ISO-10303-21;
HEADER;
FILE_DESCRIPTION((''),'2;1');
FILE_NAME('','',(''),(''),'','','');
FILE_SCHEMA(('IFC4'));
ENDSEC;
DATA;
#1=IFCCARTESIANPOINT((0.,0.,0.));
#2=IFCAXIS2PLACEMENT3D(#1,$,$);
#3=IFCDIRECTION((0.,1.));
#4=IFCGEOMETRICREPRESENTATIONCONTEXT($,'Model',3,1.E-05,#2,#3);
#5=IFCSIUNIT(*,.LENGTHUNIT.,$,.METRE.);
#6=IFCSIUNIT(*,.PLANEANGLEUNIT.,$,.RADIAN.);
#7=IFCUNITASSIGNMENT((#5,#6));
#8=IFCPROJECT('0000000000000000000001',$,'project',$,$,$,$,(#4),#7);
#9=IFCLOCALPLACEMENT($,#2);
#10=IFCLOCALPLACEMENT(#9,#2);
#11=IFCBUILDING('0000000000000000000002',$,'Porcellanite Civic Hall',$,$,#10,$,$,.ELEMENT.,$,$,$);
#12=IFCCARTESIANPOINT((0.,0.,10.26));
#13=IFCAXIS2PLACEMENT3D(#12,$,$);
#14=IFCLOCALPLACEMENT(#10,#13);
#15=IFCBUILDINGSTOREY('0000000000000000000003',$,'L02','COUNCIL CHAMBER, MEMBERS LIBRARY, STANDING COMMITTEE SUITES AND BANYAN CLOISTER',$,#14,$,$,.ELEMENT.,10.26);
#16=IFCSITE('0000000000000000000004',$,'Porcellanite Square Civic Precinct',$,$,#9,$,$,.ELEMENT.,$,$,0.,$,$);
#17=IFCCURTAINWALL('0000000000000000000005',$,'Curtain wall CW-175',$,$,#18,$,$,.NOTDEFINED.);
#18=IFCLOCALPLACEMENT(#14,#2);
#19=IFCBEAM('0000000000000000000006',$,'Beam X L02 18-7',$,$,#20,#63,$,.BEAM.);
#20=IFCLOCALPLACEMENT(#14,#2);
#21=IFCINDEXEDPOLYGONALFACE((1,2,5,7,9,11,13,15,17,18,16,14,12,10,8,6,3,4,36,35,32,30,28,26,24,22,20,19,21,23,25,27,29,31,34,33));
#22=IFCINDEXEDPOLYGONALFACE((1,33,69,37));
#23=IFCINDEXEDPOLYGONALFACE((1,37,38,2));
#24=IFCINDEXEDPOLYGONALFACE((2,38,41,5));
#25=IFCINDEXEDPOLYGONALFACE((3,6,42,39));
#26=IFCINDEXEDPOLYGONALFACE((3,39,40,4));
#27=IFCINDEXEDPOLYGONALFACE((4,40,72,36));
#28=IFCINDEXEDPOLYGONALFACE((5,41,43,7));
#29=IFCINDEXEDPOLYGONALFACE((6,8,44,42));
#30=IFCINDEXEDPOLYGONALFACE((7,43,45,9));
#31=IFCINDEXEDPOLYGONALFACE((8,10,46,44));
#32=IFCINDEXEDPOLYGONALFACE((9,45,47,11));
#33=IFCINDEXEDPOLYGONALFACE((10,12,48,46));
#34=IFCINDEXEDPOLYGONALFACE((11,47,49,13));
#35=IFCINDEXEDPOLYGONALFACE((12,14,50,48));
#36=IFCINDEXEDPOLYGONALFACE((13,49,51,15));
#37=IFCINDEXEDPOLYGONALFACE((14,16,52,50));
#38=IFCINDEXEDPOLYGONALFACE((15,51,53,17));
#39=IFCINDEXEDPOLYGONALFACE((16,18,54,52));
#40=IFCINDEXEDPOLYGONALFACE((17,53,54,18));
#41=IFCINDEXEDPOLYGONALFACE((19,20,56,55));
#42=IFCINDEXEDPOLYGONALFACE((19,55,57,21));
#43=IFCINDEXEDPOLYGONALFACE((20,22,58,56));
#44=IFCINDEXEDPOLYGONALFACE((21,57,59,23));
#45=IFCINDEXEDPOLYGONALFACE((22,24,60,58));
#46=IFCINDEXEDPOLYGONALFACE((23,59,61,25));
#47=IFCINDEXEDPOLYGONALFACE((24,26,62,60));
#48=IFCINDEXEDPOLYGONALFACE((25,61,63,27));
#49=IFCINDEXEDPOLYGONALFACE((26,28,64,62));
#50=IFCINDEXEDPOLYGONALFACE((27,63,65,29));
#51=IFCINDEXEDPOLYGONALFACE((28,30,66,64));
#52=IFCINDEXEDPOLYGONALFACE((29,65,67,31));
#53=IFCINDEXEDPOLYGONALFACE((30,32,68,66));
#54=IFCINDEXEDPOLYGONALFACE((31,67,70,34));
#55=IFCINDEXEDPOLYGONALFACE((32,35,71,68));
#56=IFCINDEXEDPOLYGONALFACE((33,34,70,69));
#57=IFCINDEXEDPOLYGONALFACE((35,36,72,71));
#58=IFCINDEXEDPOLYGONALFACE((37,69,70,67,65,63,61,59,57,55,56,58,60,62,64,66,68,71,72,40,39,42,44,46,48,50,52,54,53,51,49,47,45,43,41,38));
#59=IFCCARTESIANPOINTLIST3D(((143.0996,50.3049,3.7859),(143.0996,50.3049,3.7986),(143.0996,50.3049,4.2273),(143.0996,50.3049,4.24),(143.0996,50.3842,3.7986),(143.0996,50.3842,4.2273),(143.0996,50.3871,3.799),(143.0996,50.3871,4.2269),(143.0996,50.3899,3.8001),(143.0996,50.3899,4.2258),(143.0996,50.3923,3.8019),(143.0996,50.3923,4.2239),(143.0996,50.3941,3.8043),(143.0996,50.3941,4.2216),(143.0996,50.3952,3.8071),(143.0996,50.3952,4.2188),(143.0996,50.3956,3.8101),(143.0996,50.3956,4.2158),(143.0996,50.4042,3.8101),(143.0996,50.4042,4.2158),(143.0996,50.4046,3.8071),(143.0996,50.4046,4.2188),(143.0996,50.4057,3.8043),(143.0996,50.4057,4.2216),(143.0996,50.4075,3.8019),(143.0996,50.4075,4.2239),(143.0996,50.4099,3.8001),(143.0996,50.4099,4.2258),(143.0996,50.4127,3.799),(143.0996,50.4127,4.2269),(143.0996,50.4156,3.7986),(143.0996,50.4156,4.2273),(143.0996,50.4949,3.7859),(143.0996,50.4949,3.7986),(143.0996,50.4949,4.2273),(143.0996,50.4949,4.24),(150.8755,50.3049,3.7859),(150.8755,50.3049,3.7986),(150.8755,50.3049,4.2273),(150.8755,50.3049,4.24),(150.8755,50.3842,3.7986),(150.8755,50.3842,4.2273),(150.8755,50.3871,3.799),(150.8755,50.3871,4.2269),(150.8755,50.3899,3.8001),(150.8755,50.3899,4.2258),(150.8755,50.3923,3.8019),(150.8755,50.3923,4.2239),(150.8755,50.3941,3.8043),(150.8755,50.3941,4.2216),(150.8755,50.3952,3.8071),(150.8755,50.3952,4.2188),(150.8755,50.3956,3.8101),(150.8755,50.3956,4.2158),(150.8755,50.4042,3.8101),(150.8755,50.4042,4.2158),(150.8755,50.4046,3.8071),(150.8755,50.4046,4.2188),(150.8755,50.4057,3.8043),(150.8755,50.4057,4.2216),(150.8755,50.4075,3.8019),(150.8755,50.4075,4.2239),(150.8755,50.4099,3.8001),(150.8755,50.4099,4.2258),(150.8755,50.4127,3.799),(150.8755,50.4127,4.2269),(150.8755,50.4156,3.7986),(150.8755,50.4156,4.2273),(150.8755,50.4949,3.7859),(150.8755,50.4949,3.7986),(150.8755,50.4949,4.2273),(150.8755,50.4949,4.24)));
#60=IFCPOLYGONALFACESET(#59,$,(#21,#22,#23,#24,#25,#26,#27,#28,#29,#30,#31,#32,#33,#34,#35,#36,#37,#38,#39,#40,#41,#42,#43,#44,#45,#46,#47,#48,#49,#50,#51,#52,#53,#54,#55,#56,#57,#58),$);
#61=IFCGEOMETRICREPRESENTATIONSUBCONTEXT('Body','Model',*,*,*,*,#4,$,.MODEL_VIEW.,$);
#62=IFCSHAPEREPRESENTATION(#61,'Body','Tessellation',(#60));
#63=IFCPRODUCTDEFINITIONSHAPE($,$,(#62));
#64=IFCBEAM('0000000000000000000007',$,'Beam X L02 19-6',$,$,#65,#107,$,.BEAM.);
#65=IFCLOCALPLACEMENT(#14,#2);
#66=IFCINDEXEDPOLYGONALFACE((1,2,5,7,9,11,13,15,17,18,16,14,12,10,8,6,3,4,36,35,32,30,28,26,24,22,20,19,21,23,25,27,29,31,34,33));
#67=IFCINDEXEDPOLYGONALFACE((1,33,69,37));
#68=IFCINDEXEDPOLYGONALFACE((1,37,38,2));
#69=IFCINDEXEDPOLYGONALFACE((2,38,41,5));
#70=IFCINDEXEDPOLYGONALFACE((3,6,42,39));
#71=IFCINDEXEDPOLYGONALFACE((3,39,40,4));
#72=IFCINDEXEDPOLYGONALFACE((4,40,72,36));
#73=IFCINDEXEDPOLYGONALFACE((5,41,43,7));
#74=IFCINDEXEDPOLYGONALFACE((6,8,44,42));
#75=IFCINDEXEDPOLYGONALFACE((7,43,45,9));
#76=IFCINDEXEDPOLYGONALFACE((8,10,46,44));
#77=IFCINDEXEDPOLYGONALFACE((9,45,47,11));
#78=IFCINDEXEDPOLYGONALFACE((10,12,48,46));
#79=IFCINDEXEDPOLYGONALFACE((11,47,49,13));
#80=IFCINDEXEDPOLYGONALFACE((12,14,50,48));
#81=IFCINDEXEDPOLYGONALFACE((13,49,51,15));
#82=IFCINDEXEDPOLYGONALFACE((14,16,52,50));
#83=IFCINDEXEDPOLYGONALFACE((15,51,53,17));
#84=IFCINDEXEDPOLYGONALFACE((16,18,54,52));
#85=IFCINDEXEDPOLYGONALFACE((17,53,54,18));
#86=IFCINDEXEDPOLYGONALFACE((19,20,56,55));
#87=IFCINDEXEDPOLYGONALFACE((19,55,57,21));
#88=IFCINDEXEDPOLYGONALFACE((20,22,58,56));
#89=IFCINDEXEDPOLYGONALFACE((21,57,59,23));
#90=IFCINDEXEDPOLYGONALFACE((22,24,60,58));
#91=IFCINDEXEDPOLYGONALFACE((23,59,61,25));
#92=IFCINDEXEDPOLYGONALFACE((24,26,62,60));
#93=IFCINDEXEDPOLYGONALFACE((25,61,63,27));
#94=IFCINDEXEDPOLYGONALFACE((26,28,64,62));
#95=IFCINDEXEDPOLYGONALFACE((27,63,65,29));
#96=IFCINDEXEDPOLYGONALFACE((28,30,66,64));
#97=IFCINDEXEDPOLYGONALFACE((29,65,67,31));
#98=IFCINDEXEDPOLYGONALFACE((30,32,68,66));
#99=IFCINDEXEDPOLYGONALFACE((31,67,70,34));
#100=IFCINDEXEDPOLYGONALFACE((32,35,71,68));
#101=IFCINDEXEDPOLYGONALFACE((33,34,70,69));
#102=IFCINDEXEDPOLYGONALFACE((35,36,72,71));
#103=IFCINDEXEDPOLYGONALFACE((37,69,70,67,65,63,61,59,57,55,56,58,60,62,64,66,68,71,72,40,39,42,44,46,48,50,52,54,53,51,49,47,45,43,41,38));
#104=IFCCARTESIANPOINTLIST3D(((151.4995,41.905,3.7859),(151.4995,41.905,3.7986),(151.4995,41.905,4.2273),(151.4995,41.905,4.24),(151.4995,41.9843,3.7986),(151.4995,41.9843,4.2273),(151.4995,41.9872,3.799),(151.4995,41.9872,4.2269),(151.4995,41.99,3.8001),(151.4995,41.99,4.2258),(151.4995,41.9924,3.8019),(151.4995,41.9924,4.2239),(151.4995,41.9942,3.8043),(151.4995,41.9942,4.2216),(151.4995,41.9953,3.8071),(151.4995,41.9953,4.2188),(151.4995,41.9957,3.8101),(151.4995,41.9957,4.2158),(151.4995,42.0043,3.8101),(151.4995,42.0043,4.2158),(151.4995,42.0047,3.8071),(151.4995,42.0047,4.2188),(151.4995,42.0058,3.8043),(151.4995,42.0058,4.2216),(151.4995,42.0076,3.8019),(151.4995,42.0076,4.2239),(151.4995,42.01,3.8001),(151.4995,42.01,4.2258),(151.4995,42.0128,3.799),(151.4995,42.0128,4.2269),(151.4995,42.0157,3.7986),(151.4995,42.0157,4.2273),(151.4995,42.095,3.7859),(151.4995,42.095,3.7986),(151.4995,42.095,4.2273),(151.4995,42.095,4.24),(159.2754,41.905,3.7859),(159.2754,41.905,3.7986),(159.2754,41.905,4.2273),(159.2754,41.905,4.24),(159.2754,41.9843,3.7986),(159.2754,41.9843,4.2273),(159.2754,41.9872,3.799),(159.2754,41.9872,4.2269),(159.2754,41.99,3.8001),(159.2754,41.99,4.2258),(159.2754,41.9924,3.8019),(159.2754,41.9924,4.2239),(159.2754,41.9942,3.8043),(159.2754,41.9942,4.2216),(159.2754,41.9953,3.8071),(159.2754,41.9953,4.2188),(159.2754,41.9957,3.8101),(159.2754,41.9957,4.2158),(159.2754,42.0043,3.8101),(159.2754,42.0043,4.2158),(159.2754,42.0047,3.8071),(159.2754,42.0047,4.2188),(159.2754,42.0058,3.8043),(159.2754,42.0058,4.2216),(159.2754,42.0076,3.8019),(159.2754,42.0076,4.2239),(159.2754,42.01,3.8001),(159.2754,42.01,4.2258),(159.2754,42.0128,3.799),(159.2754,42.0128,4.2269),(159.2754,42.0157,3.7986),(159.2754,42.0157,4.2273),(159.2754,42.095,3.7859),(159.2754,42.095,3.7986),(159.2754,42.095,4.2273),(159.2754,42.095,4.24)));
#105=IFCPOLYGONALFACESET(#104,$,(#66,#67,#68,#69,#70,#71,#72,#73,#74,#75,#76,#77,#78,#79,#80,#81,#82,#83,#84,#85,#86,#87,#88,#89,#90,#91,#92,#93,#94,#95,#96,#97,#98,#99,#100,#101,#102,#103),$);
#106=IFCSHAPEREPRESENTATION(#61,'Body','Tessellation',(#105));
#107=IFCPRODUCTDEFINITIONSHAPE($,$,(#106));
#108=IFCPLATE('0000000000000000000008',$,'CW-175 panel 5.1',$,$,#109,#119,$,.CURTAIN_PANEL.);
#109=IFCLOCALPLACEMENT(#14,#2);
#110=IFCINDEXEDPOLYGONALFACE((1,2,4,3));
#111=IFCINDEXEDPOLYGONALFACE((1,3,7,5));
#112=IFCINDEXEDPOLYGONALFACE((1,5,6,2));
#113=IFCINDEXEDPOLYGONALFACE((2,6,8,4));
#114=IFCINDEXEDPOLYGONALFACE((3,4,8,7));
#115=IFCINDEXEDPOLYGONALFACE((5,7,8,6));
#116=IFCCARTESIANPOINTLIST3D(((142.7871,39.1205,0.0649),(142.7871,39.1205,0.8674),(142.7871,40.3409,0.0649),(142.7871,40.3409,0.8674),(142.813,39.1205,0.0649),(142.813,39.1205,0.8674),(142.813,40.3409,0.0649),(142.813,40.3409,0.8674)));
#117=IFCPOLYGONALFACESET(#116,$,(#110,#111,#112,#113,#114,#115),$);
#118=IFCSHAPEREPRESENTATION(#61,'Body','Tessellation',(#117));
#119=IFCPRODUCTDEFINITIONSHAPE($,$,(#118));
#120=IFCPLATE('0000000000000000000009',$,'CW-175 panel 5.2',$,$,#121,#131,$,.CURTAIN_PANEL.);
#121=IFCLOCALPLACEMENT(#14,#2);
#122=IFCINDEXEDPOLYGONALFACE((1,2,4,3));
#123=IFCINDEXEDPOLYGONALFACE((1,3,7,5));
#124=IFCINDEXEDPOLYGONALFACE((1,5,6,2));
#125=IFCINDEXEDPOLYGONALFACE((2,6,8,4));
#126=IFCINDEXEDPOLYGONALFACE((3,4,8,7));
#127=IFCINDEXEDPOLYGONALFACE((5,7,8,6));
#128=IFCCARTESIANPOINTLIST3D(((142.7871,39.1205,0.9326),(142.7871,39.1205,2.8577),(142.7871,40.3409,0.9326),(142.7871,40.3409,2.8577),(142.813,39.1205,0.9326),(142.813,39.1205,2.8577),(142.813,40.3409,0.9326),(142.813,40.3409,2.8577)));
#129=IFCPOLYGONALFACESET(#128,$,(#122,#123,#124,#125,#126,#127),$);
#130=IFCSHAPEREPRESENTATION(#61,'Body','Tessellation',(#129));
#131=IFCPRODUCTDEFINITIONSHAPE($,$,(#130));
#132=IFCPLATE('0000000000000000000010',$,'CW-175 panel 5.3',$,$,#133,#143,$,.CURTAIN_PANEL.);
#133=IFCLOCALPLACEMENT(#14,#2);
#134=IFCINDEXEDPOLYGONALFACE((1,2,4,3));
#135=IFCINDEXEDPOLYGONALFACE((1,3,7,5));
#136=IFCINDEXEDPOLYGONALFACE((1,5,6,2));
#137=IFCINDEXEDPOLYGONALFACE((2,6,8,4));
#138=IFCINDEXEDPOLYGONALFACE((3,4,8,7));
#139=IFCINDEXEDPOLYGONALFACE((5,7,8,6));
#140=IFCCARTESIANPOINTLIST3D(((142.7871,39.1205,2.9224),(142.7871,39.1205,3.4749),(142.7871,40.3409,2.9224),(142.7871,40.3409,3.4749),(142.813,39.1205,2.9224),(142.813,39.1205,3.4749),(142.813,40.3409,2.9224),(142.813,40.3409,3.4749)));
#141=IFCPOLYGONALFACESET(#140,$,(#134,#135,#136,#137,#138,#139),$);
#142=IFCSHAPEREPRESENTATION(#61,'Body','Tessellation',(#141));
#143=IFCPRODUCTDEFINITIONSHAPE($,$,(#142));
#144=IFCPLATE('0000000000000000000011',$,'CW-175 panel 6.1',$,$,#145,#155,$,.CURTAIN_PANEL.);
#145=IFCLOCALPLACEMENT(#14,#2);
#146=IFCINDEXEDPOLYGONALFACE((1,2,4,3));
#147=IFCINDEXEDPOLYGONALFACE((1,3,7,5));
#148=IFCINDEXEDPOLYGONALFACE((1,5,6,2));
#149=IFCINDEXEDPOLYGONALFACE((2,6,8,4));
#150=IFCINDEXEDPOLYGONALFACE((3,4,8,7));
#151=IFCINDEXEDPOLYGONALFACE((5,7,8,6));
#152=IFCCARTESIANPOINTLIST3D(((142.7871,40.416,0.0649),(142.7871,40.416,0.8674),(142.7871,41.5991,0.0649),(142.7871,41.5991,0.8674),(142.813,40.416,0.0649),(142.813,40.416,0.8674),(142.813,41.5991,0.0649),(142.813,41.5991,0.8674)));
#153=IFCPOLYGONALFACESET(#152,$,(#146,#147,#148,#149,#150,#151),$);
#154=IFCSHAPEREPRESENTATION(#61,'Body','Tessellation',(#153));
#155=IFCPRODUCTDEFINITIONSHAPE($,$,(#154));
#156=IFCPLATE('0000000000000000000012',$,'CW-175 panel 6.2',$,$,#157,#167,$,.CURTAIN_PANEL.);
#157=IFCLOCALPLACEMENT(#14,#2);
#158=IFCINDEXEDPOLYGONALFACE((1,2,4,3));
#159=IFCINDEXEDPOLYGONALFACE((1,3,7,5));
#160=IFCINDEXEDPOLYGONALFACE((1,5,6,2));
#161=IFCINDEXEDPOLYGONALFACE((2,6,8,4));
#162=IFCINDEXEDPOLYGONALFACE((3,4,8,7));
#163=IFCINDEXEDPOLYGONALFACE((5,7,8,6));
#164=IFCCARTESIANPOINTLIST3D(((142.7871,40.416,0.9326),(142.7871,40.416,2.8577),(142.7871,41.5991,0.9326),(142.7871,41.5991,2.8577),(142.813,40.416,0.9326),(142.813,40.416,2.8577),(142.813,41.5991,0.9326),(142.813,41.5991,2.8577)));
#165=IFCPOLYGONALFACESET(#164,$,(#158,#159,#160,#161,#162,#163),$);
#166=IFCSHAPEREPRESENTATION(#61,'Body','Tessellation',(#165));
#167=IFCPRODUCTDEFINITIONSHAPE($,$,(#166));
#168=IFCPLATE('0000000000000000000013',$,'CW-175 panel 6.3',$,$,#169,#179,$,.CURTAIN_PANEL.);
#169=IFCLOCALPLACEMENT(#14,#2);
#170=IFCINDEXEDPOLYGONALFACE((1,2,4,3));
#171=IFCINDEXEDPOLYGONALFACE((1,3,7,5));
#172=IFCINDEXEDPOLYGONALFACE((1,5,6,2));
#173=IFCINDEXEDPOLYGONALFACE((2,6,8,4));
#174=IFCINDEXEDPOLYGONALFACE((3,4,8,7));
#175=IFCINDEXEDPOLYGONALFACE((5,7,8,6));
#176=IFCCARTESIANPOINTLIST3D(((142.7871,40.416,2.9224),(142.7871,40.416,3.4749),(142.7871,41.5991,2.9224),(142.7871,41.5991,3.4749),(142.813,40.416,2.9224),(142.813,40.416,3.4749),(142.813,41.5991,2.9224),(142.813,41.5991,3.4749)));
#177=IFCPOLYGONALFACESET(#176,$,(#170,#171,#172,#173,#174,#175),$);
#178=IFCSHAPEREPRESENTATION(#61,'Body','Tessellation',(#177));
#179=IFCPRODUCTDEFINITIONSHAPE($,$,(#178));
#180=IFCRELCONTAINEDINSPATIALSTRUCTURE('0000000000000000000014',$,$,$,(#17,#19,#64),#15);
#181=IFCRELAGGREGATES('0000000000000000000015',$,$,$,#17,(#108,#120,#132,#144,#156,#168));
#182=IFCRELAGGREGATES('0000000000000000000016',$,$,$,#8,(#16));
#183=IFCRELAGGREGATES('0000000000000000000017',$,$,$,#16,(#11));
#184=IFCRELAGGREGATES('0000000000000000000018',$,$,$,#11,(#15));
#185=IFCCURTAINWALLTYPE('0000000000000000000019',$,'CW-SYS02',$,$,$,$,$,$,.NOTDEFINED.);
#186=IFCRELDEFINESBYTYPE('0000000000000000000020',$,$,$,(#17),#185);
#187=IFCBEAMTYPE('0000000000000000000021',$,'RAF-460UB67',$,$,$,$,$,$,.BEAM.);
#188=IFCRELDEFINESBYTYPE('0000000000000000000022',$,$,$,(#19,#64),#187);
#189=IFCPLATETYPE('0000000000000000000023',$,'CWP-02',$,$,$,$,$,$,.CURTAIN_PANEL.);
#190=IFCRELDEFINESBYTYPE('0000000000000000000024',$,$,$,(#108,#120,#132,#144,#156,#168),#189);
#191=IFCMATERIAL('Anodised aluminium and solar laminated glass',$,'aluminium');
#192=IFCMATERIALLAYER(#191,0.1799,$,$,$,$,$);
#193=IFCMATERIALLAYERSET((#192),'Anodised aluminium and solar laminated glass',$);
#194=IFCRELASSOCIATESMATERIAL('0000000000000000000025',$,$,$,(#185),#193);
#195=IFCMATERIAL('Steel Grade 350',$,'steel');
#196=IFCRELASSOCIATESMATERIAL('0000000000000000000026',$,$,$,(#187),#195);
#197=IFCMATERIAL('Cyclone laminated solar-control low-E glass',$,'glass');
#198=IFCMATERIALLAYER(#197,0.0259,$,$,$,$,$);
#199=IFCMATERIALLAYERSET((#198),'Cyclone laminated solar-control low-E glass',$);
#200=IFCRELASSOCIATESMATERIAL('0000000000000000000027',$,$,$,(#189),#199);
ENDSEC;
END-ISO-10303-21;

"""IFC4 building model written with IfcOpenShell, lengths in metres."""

from ifc_helpers import new_model, si_unit, direction, frame, origin, origin_2d, place, context, subcontext, project, spatial, rectangle, i_section, extrude, material, layer, layer_set, material_profile, profile_set, type_object, element, aggregate, save


model = new_model("IFC4")

# Units and contexts
model_context = context("Model", 3, precision=1e-05, world=origin(), true_north=direction((0.0, 1.0)))
body_context = subcontext(model_context, "Body", "Model", "MODEL_VIEW")
ifc_project = project(units=[si_unit("LENGTHUNIT", "METRE"), si_unit("PLANEANGLEUNIT", "RADIAN")], contexts=[model_context])

# Site, building, storey
site_placement = place(None, origin())
site = spatial("IfcSite", under=ifc_project, at=site_placement, Name="Porcellanite Square Civic Precinct", CompositionType="ELEMENT", RefElevation=0.0)
building_placement = place(site_placement, origin())
building = spatial("IfcBuilding", under=site, at=building_placement, Name="Porcellanite Civic Hall", CompositionType="ELEMENT")
storey_placement = place(building_placement, frame((0.0, 0.0, 10.26)))
storey = spatial("IfcBuildingStorey", under=building, at=storey_placement, Name="L02", Description="COUNCIL CHAMBER, MEMBERS LIBRARY, STANDING COMMITTEE SUITES AND BANYAN CLOISTER", CompositionType="ELEMENT", Elevation=10.26)

# Curtain wall
ifc_material_1 = material(Name="Anodised aluminium and solar laminated glass", Category="aluminium")
ifc_layer_1 = layer(ifc_material_1, 0.1799)
ifc_layer_set_1 = layer_set([ifc_layer_1], Name="Anodised aluminium and solar laminated glass")
curtain_wall_type = type_object("IfcCurtainWallType", Name="CW-SYS02", PredefinedType="NOTDEFINED", material=ifc_layer_set_1)
curtain_wall_placement = place(storey_placement, origin())
curtain_wall = element("IfcCurtainWall", 1, at=curtain_wall_placement, inside=storey, type_object=curtain_wall_type, Name="Curtain wall CW-175", PredefinedType="NOTDEFINED")

# Beams
ifc_material_2 = material(Name="Steel Grade 350", Category="steel")
ifc_material_profile_1 = material_profile(ifc_material_2, i_section(OverallWidth=0.1899, OverallDepth=0.4541, WebThickness=0.0085, FlangeThickness=0.0127, FilletRadius=0.0115, at=origin_2d()), Name="460UB67.1")
ifc_profile_set_1 = profile_set([ifc_material_profile_1], Name="Steel Grade 350")
beam_type_1 = type_object("IfcBeamType", Name="RAF-460UB67", PredefinedType="BEAM", material=ifc_profile_set_1)
for number, where, z_axis, x_axis, name in (
    (2, (143.0996, 50.3999, 4.0129), (1.0, 0.0, 0.0), (0.0, 1.0, 0.0), "Beam X L02 18-7"),
    (3, (151.4995, 42.0, 4.0129), (1.0, 0.0, 0.0), (0.0, 1.0, 0.0), "Beam X L02 19-6"),
):
    element("IfcBeam", number, at=place(storey_placement, frame(where, z_axis=z_axis, x_axis=x_axis)), inside=storey, type_object=beam_type_1, Name=name, PredefinedType="BEAM", context=body_context, shape_type="SweptSolid", body=[
        extrude(i_section(OverallWidth=0.1899, OverallDepth=0.4541, WebThickness=0.0085, FlangeThickness=0.0127, FilletRadius=0.0115, at=origin_2d()), origin(), (0.0, 0.0, 1.0), 7.7759),
    ])

# Plates
ifc_material_3 = material(Name="Cyclone laminated solar-control low-E glass", Category="glass")
ifc_layer_2 = layer(ifc_material_3, 0.0259)
ifc_layer_set_2 = layer_set([ifc_layer_2], Name="Cyclone laminated solar-control low-E glass")
plate_type = type_object("IfcPlateType", Name="CWP-02", PredefinedType="CURTAIN_PANEL", material=ifc_layer_set_2)
plate_1_placement = place(storey_placement, frame((142.8, 39.7307, 0.0649), z_axis=(0.0, 0.0, 1.0), x_axis=(0.0, 1.0, 0.0)))
plate_1 = element("IfcPlate", 4, at=plate_1_placement, type_object=plate_type, Name="CW-175 panel 5.1", PredefinedType="CURTAIN_PANEL", context=body_context, shape_type="SweptSolid", body=[
    extrude(rectangle(XDim=1.2205, YDim=0.0259, at=origin_2d()), origin(), (0.0, 0.0, 1.0), 0.8025),
])
plate_2_placement = place(storey_placement, frame((142.8, 39.7307, 0.9326), z_axis=(0.0, 0.0, 1.0), x_axis=(0.0, 1.0, 0.0)))
plate_2 = element("IfcPlate", 5, at=plate_2_placement, type_object=plate_type, Name="CW-175 panel 5.2", PredefinedType="CURTAIN_PANEL", context=body_context, shape_type="SweptSolid", body=[
    extrude(rectangle(XDim=1.2205, YDim=0.0259, at=origin_2d()), origin(), (0.0, 0.0, 1.0), 1.925),
])
plate_3_placement = place(storey_placement, frame((142.8, 39.7307, 2.9224), z_axis=(0.0, 0.0, 1.0), x_axis=(0.0, 1.0, 0.0)))
plate_3 = element("IfcPlate", 6, at=plate_3_placement, type_object=plate_type, Name="CW-175 panel 5.3", PredefinedType="CURTAIN_PANEL", context=body_context, shape_type="SweptSolid", body=[
    extrude(rectangle(XDim=1.2205, YDim=0.0259, at=origin_2d()), origin(), (0.0, 0.0, 1.0), 0.5525),
])
plate_4_placement = place(storey_placement, frame((142.8, 41.0076, 0.0649), z_axis=(0.0, 0.0, 1.0), x_axis=(0.0, 1.0, 0.0)))
plate_4 = element("IfcPlate", 7, at=plate_4_placement, type_object=plate_type, Name="CW-175 panel 6.1", PredefinedType="CURTAIN_PANEL", context=body_context, shape_type="SweptSolid", body=[
    extrude(rectangle(XDim=1.1831, YDim=0.0259, at=origin_2d()), origin(), (0.0, 0.0, 1.0), 0.8025),
])
plate_5_placement = place(storey_placement, frame((142.8, 41.0076, 0.9326), z_axis=(0.0, 0.0, 1.0), x_axis=(0.0, 1.0, 0.0)))
plate_5 = element("IfcPlate", 8, at=plate_5_placement, type_object=plate_type, Name="CW-175 panel 6.2", PredefinedType="CURTAIN_PANEL", context=body_context, shape_type="SweptSolid", body=[
    extrude(rectangle(XDim=1.1831, YDim=0.0259, at=origin_2d()), origin(), (0.0, 0.0, 1.0), 1.925),
])
plate_6_placement = place(storey_placement, frame((142.8, 41.0076, 2.9224), z_axis=(0.0, 0.0, 1.0), x_axis=(0.0, 1.0, 0.0)))
plate_6 = element("IfcPlate", 9, at=plate_6_placement, type_object=plate_type, Name="CW-175 panel 6.3", PredefinedType="CURTAIN_PANEL", context=body_context, shape_type="SweptSolid", body=[
    extrude(rectangle(XDim=1.1831, YDim=0.0259, at=origin_2d()), origin(), (0.0, 0.0, 1.0), 0.5525),
])
aggregate(curtain_wall, [plate_1, plate_2, plate_3, plate_4, plate_5, plate_6])

save(model, "model.ifc")
